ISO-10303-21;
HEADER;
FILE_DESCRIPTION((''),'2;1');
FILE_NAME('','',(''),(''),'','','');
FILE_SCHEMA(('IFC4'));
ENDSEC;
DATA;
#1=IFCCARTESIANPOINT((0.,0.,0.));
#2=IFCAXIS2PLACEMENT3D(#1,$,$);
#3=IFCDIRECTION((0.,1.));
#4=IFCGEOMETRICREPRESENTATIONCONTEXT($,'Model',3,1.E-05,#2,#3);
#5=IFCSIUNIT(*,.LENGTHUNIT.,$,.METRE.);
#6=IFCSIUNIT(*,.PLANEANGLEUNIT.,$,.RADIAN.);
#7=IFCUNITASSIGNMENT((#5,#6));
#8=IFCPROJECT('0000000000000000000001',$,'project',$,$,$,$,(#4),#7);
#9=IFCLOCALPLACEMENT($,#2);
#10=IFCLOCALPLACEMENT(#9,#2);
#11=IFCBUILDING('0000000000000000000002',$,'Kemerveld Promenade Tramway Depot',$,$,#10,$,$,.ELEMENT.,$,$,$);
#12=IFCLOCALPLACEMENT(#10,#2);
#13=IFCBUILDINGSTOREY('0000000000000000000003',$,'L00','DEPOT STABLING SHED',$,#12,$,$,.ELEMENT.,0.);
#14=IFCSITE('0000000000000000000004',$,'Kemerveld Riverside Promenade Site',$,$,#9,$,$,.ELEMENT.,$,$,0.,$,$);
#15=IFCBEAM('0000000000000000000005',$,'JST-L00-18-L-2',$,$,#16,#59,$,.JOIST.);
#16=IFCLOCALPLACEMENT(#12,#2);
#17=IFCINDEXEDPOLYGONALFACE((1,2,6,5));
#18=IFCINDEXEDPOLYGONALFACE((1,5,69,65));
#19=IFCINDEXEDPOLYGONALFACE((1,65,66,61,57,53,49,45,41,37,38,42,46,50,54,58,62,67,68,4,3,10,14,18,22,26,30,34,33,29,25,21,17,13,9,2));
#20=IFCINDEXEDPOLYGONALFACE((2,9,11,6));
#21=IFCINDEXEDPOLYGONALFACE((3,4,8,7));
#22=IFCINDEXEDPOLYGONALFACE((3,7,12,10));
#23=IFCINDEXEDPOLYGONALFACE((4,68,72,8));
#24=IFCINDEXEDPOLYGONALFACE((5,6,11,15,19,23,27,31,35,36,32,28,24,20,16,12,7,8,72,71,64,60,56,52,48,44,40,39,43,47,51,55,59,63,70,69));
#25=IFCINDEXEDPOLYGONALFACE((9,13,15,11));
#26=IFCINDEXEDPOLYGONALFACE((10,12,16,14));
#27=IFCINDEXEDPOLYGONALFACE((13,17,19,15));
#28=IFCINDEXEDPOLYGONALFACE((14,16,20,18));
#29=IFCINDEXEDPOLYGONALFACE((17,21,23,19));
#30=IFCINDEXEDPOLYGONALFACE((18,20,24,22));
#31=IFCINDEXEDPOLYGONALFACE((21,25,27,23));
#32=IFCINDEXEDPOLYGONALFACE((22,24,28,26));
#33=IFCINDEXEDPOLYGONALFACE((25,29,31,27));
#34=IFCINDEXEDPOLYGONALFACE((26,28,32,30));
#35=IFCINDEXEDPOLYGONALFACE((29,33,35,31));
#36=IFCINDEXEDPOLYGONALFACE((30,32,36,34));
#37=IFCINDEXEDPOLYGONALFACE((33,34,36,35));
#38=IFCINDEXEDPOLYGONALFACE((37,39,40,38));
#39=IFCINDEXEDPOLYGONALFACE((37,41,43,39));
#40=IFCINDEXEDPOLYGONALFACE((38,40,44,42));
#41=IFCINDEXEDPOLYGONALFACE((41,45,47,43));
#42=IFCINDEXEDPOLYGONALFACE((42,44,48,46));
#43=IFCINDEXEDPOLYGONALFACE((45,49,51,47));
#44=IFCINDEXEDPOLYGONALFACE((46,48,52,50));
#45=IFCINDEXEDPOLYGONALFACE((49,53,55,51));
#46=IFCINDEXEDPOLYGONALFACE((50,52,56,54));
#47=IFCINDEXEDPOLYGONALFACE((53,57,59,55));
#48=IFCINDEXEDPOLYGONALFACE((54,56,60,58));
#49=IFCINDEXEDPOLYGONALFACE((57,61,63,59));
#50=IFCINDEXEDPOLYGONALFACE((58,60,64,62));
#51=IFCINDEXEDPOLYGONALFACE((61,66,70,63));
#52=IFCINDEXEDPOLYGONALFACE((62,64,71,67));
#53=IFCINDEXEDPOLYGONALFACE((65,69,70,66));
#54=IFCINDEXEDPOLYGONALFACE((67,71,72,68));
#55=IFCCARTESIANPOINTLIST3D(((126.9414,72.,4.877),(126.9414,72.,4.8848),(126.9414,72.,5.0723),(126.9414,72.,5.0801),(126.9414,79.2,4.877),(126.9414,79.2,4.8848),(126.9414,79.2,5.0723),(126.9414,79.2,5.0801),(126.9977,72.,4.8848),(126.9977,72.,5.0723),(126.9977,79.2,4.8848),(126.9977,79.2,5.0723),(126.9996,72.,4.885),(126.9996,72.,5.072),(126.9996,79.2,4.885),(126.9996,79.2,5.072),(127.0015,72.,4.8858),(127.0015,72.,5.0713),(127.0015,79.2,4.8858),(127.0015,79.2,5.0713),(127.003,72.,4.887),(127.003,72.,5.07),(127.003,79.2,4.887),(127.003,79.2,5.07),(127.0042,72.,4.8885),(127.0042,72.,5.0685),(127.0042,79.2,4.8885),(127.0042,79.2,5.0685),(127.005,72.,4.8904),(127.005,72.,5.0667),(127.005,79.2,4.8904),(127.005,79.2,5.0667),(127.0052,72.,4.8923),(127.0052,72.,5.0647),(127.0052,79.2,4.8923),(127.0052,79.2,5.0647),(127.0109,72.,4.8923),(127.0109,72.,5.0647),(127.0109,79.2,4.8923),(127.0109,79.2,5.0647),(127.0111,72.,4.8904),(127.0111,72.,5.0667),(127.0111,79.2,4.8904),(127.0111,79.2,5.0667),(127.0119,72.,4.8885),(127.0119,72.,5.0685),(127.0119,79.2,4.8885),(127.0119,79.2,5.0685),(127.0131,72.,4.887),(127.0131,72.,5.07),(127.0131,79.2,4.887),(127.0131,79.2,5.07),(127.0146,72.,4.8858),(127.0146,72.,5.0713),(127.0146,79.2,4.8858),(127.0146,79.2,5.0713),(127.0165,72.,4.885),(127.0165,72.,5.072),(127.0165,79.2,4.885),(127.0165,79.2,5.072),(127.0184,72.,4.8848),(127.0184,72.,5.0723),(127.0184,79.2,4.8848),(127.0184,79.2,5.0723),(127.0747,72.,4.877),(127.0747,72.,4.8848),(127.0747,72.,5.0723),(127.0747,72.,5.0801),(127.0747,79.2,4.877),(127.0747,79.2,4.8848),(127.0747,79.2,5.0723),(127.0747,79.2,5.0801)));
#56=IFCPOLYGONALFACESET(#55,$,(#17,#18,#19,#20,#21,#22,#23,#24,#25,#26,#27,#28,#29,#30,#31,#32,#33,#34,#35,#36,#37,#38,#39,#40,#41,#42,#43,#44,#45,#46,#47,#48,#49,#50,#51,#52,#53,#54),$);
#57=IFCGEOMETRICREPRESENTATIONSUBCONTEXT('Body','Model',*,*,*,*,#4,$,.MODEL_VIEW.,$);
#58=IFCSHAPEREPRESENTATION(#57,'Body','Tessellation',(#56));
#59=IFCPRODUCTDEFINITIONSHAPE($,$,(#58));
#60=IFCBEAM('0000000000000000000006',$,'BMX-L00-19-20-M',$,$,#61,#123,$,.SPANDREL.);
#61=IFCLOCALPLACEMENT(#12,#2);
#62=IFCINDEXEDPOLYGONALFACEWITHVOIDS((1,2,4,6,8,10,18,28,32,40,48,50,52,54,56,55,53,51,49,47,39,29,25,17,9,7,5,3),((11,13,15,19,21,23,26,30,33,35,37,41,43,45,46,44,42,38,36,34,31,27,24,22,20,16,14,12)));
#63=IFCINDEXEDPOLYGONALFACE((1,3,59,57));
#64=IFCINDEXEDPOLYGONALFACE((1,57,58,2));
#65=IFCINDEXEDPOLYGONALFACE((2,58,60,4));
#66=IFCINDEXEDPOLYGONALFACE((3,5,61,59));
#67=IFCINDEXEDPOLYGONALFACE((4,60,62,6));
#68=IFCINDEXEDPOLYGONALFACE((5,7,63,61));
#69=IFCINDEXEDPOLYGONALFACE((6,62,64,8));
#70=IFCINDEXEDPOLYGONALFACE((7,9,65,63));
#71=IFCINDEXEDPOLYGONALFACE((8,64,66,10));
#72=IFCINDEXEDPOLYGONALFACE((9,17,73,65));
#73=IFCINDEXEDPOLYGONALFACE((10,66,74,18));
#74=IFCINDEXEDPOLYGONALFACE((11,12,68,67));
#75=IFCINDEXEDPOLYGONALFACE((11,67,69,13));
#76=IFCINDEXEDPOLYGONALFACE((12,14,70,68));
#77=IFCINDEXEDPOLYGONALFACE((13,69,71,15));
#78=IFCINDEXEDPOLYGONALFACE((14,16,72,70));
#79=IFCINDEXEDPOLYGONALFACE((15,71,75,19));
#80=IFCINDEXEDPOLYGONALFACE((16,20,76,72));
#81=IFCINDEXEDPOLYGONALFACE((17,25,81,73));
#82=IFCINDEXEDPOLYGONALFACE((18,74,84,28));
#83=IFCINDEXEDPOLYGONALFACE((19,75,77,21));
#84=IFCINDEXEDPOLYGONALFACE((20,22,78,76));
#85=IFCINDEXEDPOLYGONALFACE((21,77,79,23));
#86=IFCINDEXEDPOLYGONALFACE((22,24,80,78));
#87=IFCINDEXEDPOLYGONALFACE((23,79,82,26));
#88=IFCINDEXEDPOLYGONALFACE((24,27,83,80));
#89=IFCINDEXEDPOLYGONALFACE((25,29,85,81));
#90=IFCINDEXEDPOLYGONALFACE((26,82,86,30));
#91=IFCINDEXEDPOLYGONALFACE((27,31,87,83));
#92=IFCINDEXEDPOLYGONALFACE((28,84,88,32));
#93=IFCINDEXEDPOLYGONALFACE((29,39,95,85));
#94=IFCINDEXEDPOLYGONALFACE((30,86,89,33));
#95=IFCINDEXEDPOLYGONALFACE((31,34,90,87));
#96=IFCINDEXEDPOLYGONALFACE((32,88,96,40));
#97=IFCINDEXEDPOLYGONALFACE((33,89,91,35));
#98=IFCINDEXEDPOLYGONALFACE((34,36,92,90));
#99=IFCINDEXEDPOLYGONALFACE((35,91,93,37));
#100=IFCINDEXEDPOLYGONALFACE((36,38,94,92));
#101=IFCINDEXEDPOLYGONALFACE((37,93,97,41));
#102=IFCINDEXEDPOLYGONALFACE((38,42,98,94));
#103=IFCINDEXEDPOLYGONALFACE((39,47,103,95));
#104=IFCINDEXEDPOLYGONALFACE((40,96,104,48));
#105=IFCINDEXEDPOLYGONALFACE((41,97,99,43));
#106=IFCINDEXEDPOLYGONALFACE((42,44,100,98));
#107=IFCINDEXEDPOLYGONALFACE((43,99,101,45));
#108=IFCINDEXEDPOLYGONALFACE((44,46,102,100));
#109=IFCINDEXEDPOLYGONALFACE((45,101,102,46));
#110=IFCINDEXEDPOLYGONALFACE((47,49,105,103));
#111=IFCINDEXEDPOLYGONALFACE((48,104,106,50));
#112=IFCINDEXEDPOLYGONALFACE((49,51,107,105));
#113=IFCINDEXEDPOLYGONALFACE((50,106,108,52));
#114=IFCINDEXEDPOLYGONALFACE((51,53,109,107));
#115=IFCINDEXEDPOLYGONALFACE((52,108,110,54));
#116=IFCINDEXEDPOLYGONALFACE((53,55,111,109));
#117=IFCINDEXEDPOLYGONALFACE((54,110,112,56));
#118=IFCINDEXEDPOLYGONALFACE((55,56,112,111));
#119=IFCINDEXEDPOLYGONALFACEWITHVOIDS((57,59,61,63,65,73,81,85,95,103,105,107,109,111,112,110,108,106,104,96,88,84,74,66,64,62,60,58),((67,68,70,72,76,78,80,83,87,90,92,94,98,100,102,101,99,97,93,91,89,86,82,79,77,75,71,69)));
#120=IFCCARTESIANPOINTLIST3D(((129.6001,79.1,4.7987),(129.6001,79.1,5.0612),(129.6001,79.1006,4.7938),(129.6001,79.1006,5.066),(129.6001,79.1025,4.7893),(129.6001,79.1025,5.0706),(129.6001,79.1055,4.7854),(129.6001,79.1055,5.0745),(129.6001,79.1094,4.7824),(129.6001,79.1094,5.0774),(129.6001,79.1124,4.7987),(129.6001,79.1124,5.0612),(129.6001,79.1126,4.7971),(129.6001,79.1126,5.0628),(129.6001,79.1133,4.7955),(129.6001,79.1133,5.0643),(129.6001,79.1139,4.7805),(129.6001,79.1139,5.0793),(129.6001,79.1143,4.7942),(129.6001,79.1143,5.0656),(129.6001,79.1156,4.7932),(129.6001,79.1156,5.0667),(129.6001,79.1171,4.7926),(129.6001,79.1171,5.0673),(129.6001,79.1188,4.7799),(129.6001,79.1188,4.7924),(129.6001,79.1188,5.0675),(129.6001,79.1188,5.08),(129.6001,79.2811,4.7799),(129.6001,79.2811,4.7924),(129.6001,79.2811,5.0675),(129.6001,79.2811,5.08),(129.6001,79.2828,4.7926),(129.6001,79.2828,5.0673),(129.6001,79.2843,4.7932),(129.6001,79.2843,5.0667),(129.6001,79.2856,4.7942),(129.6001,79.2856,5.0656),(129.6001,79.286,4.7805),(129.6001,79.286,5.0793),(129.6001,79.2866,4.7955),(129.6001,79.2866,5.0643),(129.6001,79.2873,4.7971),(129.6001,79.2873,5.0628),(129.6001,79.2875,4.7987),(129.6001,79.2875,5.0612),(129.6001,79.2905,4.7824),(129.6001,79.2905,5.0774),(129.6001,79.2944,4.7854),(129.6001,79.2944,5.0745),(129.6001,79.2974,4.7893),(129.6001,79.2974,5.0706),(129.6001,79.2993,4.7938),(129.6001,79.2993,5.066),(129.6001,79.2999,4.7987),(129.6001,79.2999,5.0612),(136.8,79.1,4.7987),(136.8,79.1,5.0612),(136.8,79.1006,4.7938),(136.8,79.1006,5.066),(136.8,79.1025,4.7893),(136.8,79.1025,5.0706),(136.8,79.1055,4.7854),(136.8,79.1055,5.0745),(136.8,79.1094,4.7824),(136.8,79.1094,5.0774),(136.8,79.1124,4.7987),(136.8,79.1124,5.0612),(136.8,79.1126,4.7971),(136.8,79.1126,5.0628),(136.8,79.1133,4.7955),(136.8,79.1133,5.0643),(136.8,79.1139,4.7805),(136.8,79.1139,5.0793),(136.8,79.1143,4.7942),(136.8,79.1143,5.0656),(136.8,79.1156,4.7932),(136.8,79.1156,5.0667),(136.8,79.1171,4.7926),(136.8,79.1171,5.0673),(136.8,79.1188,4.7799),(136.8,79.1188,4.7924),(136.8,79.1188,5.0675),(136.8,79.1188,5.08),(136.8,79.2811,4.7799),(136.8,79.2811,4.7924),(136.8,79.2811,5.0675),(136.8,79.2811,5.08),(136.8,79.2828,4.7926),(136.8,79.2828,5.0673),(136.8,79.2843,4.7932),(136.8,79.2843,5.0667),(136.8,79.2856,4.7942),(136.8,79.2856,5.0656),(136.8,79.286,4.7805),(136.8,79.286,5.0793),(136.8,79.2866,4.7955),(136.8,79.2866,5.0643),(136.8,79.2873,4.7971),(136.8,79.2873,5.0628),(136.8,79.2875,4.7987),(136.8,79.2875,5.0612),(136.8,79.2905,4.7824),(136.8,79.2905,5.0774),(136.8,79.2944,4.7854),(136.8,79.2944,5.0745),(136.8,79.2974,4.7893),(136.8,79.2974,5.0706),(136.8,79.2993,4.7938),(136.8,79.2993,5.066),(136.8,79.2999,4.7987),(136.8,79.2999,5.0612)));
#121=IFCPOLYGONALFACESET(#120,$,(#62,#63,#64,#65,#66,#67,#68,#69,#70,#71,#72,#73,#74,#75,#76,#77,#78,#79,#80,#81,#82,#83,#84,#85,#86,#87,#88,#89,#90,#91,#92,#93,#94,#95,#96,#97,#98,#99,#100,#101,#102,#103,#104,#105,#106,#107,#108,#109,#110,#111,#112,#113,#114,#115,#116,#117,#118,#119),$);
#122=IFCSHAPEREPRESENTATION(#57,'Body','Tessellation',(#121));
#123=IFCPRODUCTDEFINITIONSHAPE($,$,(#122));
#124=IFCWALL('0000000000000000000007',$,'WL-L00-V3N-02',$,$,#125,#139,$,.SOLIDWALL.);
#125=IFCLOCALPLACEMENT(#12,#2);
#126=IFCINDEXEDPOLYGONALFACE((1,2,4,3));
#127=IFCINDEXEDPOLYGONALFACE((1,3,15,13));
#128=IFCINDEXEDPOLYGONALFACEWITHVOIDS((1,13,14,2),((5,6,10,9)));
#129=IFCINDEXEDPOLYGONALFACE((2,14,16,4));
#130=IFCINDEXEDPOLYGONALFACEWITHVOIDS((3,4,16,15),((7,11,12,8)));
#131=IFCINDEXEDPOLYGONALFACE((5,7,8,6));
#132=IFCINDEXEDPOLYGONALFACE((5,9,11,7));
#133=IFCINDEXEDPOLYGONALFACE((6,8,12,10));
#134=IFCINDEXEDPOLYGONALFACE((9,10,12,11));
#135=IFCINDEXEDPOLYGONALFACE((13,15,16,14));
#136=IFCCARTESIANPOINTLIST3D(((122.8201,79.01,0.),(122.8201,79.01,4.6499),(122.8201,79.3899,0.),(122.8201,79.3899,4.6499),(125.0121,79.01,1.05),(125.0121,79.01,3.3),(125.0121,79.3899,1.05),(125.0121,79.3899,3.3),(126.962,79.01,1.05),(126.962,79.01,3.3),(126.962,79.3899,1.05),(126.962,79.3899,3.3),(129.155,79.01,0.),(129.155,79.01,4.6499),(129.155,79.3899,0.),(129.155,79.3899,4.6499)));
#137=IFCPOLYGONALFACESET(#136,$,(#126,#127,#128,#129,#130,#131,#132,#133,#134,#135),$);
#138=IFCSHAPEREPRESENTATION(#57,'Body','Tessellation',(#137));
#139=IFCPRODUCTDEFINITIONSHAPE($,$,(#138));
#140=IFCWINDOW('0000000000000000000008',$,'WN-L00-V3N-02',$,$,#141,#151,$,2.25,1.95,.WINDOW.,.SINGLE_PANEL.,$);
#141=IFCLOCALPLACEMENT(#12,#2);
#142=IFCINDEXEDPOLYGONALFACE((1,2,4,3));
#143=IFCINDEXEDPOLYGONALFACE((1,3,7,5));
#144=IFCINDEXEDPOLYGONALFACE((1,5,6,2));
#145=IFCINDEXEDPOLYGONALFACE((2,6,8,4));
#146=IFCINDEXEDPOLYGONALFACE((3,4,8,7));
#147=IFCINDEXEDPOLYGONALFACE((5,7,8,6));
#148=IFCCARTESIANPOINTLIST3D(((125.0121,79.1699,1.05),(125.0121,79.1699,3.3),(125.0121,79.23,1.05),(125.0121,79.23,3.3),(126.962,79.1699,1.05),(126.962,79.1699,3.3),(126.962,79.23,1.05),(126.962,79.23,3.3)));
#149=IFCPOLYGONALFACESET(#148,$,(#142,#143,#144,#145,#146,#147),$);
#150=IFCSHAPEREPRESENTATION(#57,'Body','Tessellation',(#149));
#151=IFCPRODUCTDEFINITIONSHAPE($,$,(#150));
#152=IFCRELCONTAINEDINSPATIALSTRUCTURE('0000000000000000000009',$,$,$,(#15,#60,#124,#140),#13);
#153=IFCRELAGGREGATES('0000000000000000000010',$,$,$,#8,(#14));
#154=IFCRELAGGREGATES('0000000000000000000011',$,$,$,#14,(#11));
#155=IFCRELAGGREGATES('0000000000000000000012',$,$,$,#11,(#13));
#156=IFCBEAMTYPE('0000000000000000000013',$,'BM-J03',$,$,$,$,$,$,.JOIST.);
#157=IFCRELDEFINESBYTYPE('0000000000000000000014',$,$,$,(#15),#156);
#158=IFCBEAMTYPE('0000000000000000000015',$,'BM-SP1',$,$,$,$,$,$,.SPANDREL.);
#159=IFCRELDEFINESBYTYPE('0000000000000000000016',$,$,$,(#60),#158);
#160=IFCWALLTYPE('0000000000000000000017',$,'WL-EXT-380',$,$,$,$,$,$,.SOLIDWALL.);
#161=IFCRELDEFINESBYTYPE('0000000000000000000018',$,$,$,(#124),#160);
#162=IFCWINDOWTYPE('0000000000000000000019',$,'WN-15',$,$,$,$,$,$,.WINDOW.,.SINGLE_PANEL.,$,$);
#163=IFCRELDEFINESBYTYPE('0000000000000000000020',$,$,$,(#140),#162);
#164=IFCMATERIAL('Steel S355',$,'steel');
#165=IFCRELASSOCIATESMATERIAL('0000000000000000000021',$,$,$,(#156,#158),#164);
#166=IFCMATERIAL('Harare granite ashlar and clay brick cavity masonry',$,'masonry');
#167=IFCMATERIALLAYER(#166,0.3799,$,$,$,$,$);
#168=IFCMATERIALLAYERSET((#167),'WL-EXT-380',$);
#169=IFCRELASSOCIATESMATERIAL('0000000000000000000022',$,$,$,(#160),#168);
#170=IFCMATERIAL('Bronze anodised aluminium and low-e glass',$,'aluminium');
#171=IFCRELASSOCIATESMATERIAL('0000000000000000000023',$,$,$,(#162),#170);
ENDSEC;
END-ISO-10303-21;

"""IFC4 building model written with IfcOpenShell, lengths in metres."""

from ifc_helpers import new_model, si_unit, direction, frame, frame_2d, origin, origin_2d, place, context, subcontext, project, spatial, rectangle, hollow_rectangle, i_section, extrude, material, layer, layer_set, material_profile, profile_set, type_object, element, fill, save


model = new_model("IFC4")

# Units and contexts
model_context = context("Model", 3, precision=1e-05, world=origin(), true_north=direction((0.0, 1.0)))
body_context = subcontext(model_context, "Body", "Model", "MODEL_VIEW")
ifc_project = project(units=[si_unit("LENGTHUNIT", "METRE"), si_unit("PLANEANGLEUNIT", "RADIAN")], contexts=[model_context])

# Site, building, storey
site_placement = place(None, origin())
site = spatial("IfcSite", under=ifc_project, at=site_placement, Name="Kemerveld Riverside Promenade Site", CompositionType="ELEMENT", RefElevation=0.0)
building_placement = place(site_placement, origin())
building = spatial("IfcBuilding", under=site, at=building_placement, Name="Kemerveld Promenade Tramway Depot", CompositionType="ELEMENT")
storey_placement = place(building_placement, origin())
storey = spatial("IfcBuildingStorey", under=building, at=storey_placement, Name="L00", Description="DEPOT STABLING SHED", CompositionType="ELEMENT", Elevation=0.0)

# Beams
ifc_material_1 = material(Name="Steel S355", Category="steel")
ifc_material_profile_1 = material_profile(ifc_material_1, i_section(OverallWidth=0.1333, OverallDepth=0.2031, WebThickness=0.0056, FlangeThickness=0.0078, FilletRadius=0.0076, at=origin_2d()), Name="203x133x25 UB")
ifc_profile_set_1 = profile_set([ifc_material_profile_1], Name="Steel S355")
beam_type_1 = type_object("IfcBeamType", Name="BM-J03", PredefinedType="JOIST", material=ifc_profile_set_1)
for number, where, z_axis, x_axis, name in (
    (1, (127.0081, 72.0, 4.9785), (0.0, 1.0, 0.0), (-1.0, 0.0, 0.0), "JST-L00-18-L-2"),
):
    element("IfcBeam", number, at=place(storey_placement, frame(where, z_axis=z_axis, x_axis=x_axis)), inside=storey, type_object=beam_type_1, Name=name, PredefinedType="JOIST", context=body_context, shape_type="SweptSolid", body=[
        extrude(i_section(OverallWidth=0.1333, OverallDepth=0.2031, WebThickness=0.0056, FlangeThickness=0.0078, FilletRadius=0.0076, at=origin_2d()), origin(), (0.0, 0.0, 1.0), 7.2),
    ])
ifc_material_profile_2 = material_profile(ifc_material_1, hollow_rectangle(XDim=0.2, YDim=0.3, WallThickness=0.0125, InnerFilletRadius=0.0063, OuterFilletRadius=0.0188, at=origin_2d()), Name="300x200x12.5 RHS")
ifc_profile_set_2 = profile_set([ifc_material_profile_2], Name="Steel S355")
beam_type_2 = type_object("IfcBeamType", Name="BM-SP1", PredefinedType="SPANDREL", material=ifc_profile_set_2)
beam_1_placement = place(storey_placement, frame((129.6001, 79.2, 4.9299), z_axis=(1.0, 0.0, 0.0), x_axis=(0.0, 1.0, 0.0)))
element("IfcBeam", 2, at=beam_1_placement, inside=storey, type_object=beam_type_2, Name="BMX-L00-19-20-M", PredefinedType="SPANDREL", context=body_context, shape_type="SweptSolid", body=[
    extrude(hollow_rectangle(XDim=0.2, YDim=0.3, WallThickness=0.0125, InnerFilletRadius=0.0063, OuterFilletRadius=0.0188, at=origin_2d()), origin(), (0.0, 0.0, 1.0), 7.2),
])

# Wall, opening, window
ifc_material_2 = material(Name="Harare granite ashlar and clay brick cavity masonry", Category="masonry")
ifc_layer_1 = layer(ifc_material_2, 0.3799)
ifc_layer_set_1 = layer_set([ifc_layer_1], Name="WL-EXT-380")
wall_type_1 = type_object("IfcWallType", Name="WL-EXT-380", PredefinedType="SOLIDWALL", material=ifc_layer_set_1)
wall_1_placement = place(storey_placement, frame((122.8201, 79.2, 0.0), z_axis=(0.0, 0.0, 1.0), x_axis=(1.0, 0.0, 0.0)))
wall_1 = element("IfcWall", 3, at=wall_1_placement, inside=storey, type_object=wall_type_1, Name="WL-L00-V3N-02", PredefinedType="SOLIDWALL", context=body_context, shape_type="SweptSolid", body=[
    extrude(rectangle(XDim=6.335, YDim=0.3799, at=frame_2d((3.1675, 0.0))), origin(), (0.0, 0.0, 1.0), 4.6499),
])
opening_1_placement = place(wall_1_placement, frame((2.1919, 0.0, 1.05)))
opening_1 = element("IfcOpeningElement", 4, at=opening_1_placement, cuts=wall_1, PredefinedType="OPENING", context=body_context, shape_type="SweptSolid", body=[
    extrude(rectangle(XDim=1.95, YDim=2.25, at=frame_2d((0.9751, 1.125))), frame((0.0, 0.2, 0.0), z_axis=(0.0, -1.0, 0.0), x_axis=(1.0, 0.0, 0.0)), (0.0, 0.0, 1.0), 0.3999),
])
ifc_material_3 = material(Name="Bronze anodised aluminium and low-e glass", Category="aluminium")
window_type = type_object("IfcWindowType", Name="WN-15", PartitioningType="SINGLE_PANEL", PredefinedType="WINDOW", material=ifc_material_3)
window_placement = place(opening_1_placement, origin())
window = element("IfcWindow", 5, at=window_placement, inside=storey, type_object=window_type, Name="WN-L00-V3N-02", OverallHeight=2.25, OverallWidth=1.95, PartitioningType="SINGLE_PANEL", PredefinedType="WINDOW", context=body_context, shape_type="SweptSolid", body=[
    extrude(rectangle(XDim=1.95, YDim=2.25, at=frame_2d((0.9751, 1.125))), frame((0.0, 0.03, 0.0), z_axis=(0.0, -1.0, 0.0), x_axis=(1.0, 0.0, 0.0)), (0.0, 0.0, 1.0), 0.0601),
])
fill(opening_1, window)

save(model, "model.ifc")
